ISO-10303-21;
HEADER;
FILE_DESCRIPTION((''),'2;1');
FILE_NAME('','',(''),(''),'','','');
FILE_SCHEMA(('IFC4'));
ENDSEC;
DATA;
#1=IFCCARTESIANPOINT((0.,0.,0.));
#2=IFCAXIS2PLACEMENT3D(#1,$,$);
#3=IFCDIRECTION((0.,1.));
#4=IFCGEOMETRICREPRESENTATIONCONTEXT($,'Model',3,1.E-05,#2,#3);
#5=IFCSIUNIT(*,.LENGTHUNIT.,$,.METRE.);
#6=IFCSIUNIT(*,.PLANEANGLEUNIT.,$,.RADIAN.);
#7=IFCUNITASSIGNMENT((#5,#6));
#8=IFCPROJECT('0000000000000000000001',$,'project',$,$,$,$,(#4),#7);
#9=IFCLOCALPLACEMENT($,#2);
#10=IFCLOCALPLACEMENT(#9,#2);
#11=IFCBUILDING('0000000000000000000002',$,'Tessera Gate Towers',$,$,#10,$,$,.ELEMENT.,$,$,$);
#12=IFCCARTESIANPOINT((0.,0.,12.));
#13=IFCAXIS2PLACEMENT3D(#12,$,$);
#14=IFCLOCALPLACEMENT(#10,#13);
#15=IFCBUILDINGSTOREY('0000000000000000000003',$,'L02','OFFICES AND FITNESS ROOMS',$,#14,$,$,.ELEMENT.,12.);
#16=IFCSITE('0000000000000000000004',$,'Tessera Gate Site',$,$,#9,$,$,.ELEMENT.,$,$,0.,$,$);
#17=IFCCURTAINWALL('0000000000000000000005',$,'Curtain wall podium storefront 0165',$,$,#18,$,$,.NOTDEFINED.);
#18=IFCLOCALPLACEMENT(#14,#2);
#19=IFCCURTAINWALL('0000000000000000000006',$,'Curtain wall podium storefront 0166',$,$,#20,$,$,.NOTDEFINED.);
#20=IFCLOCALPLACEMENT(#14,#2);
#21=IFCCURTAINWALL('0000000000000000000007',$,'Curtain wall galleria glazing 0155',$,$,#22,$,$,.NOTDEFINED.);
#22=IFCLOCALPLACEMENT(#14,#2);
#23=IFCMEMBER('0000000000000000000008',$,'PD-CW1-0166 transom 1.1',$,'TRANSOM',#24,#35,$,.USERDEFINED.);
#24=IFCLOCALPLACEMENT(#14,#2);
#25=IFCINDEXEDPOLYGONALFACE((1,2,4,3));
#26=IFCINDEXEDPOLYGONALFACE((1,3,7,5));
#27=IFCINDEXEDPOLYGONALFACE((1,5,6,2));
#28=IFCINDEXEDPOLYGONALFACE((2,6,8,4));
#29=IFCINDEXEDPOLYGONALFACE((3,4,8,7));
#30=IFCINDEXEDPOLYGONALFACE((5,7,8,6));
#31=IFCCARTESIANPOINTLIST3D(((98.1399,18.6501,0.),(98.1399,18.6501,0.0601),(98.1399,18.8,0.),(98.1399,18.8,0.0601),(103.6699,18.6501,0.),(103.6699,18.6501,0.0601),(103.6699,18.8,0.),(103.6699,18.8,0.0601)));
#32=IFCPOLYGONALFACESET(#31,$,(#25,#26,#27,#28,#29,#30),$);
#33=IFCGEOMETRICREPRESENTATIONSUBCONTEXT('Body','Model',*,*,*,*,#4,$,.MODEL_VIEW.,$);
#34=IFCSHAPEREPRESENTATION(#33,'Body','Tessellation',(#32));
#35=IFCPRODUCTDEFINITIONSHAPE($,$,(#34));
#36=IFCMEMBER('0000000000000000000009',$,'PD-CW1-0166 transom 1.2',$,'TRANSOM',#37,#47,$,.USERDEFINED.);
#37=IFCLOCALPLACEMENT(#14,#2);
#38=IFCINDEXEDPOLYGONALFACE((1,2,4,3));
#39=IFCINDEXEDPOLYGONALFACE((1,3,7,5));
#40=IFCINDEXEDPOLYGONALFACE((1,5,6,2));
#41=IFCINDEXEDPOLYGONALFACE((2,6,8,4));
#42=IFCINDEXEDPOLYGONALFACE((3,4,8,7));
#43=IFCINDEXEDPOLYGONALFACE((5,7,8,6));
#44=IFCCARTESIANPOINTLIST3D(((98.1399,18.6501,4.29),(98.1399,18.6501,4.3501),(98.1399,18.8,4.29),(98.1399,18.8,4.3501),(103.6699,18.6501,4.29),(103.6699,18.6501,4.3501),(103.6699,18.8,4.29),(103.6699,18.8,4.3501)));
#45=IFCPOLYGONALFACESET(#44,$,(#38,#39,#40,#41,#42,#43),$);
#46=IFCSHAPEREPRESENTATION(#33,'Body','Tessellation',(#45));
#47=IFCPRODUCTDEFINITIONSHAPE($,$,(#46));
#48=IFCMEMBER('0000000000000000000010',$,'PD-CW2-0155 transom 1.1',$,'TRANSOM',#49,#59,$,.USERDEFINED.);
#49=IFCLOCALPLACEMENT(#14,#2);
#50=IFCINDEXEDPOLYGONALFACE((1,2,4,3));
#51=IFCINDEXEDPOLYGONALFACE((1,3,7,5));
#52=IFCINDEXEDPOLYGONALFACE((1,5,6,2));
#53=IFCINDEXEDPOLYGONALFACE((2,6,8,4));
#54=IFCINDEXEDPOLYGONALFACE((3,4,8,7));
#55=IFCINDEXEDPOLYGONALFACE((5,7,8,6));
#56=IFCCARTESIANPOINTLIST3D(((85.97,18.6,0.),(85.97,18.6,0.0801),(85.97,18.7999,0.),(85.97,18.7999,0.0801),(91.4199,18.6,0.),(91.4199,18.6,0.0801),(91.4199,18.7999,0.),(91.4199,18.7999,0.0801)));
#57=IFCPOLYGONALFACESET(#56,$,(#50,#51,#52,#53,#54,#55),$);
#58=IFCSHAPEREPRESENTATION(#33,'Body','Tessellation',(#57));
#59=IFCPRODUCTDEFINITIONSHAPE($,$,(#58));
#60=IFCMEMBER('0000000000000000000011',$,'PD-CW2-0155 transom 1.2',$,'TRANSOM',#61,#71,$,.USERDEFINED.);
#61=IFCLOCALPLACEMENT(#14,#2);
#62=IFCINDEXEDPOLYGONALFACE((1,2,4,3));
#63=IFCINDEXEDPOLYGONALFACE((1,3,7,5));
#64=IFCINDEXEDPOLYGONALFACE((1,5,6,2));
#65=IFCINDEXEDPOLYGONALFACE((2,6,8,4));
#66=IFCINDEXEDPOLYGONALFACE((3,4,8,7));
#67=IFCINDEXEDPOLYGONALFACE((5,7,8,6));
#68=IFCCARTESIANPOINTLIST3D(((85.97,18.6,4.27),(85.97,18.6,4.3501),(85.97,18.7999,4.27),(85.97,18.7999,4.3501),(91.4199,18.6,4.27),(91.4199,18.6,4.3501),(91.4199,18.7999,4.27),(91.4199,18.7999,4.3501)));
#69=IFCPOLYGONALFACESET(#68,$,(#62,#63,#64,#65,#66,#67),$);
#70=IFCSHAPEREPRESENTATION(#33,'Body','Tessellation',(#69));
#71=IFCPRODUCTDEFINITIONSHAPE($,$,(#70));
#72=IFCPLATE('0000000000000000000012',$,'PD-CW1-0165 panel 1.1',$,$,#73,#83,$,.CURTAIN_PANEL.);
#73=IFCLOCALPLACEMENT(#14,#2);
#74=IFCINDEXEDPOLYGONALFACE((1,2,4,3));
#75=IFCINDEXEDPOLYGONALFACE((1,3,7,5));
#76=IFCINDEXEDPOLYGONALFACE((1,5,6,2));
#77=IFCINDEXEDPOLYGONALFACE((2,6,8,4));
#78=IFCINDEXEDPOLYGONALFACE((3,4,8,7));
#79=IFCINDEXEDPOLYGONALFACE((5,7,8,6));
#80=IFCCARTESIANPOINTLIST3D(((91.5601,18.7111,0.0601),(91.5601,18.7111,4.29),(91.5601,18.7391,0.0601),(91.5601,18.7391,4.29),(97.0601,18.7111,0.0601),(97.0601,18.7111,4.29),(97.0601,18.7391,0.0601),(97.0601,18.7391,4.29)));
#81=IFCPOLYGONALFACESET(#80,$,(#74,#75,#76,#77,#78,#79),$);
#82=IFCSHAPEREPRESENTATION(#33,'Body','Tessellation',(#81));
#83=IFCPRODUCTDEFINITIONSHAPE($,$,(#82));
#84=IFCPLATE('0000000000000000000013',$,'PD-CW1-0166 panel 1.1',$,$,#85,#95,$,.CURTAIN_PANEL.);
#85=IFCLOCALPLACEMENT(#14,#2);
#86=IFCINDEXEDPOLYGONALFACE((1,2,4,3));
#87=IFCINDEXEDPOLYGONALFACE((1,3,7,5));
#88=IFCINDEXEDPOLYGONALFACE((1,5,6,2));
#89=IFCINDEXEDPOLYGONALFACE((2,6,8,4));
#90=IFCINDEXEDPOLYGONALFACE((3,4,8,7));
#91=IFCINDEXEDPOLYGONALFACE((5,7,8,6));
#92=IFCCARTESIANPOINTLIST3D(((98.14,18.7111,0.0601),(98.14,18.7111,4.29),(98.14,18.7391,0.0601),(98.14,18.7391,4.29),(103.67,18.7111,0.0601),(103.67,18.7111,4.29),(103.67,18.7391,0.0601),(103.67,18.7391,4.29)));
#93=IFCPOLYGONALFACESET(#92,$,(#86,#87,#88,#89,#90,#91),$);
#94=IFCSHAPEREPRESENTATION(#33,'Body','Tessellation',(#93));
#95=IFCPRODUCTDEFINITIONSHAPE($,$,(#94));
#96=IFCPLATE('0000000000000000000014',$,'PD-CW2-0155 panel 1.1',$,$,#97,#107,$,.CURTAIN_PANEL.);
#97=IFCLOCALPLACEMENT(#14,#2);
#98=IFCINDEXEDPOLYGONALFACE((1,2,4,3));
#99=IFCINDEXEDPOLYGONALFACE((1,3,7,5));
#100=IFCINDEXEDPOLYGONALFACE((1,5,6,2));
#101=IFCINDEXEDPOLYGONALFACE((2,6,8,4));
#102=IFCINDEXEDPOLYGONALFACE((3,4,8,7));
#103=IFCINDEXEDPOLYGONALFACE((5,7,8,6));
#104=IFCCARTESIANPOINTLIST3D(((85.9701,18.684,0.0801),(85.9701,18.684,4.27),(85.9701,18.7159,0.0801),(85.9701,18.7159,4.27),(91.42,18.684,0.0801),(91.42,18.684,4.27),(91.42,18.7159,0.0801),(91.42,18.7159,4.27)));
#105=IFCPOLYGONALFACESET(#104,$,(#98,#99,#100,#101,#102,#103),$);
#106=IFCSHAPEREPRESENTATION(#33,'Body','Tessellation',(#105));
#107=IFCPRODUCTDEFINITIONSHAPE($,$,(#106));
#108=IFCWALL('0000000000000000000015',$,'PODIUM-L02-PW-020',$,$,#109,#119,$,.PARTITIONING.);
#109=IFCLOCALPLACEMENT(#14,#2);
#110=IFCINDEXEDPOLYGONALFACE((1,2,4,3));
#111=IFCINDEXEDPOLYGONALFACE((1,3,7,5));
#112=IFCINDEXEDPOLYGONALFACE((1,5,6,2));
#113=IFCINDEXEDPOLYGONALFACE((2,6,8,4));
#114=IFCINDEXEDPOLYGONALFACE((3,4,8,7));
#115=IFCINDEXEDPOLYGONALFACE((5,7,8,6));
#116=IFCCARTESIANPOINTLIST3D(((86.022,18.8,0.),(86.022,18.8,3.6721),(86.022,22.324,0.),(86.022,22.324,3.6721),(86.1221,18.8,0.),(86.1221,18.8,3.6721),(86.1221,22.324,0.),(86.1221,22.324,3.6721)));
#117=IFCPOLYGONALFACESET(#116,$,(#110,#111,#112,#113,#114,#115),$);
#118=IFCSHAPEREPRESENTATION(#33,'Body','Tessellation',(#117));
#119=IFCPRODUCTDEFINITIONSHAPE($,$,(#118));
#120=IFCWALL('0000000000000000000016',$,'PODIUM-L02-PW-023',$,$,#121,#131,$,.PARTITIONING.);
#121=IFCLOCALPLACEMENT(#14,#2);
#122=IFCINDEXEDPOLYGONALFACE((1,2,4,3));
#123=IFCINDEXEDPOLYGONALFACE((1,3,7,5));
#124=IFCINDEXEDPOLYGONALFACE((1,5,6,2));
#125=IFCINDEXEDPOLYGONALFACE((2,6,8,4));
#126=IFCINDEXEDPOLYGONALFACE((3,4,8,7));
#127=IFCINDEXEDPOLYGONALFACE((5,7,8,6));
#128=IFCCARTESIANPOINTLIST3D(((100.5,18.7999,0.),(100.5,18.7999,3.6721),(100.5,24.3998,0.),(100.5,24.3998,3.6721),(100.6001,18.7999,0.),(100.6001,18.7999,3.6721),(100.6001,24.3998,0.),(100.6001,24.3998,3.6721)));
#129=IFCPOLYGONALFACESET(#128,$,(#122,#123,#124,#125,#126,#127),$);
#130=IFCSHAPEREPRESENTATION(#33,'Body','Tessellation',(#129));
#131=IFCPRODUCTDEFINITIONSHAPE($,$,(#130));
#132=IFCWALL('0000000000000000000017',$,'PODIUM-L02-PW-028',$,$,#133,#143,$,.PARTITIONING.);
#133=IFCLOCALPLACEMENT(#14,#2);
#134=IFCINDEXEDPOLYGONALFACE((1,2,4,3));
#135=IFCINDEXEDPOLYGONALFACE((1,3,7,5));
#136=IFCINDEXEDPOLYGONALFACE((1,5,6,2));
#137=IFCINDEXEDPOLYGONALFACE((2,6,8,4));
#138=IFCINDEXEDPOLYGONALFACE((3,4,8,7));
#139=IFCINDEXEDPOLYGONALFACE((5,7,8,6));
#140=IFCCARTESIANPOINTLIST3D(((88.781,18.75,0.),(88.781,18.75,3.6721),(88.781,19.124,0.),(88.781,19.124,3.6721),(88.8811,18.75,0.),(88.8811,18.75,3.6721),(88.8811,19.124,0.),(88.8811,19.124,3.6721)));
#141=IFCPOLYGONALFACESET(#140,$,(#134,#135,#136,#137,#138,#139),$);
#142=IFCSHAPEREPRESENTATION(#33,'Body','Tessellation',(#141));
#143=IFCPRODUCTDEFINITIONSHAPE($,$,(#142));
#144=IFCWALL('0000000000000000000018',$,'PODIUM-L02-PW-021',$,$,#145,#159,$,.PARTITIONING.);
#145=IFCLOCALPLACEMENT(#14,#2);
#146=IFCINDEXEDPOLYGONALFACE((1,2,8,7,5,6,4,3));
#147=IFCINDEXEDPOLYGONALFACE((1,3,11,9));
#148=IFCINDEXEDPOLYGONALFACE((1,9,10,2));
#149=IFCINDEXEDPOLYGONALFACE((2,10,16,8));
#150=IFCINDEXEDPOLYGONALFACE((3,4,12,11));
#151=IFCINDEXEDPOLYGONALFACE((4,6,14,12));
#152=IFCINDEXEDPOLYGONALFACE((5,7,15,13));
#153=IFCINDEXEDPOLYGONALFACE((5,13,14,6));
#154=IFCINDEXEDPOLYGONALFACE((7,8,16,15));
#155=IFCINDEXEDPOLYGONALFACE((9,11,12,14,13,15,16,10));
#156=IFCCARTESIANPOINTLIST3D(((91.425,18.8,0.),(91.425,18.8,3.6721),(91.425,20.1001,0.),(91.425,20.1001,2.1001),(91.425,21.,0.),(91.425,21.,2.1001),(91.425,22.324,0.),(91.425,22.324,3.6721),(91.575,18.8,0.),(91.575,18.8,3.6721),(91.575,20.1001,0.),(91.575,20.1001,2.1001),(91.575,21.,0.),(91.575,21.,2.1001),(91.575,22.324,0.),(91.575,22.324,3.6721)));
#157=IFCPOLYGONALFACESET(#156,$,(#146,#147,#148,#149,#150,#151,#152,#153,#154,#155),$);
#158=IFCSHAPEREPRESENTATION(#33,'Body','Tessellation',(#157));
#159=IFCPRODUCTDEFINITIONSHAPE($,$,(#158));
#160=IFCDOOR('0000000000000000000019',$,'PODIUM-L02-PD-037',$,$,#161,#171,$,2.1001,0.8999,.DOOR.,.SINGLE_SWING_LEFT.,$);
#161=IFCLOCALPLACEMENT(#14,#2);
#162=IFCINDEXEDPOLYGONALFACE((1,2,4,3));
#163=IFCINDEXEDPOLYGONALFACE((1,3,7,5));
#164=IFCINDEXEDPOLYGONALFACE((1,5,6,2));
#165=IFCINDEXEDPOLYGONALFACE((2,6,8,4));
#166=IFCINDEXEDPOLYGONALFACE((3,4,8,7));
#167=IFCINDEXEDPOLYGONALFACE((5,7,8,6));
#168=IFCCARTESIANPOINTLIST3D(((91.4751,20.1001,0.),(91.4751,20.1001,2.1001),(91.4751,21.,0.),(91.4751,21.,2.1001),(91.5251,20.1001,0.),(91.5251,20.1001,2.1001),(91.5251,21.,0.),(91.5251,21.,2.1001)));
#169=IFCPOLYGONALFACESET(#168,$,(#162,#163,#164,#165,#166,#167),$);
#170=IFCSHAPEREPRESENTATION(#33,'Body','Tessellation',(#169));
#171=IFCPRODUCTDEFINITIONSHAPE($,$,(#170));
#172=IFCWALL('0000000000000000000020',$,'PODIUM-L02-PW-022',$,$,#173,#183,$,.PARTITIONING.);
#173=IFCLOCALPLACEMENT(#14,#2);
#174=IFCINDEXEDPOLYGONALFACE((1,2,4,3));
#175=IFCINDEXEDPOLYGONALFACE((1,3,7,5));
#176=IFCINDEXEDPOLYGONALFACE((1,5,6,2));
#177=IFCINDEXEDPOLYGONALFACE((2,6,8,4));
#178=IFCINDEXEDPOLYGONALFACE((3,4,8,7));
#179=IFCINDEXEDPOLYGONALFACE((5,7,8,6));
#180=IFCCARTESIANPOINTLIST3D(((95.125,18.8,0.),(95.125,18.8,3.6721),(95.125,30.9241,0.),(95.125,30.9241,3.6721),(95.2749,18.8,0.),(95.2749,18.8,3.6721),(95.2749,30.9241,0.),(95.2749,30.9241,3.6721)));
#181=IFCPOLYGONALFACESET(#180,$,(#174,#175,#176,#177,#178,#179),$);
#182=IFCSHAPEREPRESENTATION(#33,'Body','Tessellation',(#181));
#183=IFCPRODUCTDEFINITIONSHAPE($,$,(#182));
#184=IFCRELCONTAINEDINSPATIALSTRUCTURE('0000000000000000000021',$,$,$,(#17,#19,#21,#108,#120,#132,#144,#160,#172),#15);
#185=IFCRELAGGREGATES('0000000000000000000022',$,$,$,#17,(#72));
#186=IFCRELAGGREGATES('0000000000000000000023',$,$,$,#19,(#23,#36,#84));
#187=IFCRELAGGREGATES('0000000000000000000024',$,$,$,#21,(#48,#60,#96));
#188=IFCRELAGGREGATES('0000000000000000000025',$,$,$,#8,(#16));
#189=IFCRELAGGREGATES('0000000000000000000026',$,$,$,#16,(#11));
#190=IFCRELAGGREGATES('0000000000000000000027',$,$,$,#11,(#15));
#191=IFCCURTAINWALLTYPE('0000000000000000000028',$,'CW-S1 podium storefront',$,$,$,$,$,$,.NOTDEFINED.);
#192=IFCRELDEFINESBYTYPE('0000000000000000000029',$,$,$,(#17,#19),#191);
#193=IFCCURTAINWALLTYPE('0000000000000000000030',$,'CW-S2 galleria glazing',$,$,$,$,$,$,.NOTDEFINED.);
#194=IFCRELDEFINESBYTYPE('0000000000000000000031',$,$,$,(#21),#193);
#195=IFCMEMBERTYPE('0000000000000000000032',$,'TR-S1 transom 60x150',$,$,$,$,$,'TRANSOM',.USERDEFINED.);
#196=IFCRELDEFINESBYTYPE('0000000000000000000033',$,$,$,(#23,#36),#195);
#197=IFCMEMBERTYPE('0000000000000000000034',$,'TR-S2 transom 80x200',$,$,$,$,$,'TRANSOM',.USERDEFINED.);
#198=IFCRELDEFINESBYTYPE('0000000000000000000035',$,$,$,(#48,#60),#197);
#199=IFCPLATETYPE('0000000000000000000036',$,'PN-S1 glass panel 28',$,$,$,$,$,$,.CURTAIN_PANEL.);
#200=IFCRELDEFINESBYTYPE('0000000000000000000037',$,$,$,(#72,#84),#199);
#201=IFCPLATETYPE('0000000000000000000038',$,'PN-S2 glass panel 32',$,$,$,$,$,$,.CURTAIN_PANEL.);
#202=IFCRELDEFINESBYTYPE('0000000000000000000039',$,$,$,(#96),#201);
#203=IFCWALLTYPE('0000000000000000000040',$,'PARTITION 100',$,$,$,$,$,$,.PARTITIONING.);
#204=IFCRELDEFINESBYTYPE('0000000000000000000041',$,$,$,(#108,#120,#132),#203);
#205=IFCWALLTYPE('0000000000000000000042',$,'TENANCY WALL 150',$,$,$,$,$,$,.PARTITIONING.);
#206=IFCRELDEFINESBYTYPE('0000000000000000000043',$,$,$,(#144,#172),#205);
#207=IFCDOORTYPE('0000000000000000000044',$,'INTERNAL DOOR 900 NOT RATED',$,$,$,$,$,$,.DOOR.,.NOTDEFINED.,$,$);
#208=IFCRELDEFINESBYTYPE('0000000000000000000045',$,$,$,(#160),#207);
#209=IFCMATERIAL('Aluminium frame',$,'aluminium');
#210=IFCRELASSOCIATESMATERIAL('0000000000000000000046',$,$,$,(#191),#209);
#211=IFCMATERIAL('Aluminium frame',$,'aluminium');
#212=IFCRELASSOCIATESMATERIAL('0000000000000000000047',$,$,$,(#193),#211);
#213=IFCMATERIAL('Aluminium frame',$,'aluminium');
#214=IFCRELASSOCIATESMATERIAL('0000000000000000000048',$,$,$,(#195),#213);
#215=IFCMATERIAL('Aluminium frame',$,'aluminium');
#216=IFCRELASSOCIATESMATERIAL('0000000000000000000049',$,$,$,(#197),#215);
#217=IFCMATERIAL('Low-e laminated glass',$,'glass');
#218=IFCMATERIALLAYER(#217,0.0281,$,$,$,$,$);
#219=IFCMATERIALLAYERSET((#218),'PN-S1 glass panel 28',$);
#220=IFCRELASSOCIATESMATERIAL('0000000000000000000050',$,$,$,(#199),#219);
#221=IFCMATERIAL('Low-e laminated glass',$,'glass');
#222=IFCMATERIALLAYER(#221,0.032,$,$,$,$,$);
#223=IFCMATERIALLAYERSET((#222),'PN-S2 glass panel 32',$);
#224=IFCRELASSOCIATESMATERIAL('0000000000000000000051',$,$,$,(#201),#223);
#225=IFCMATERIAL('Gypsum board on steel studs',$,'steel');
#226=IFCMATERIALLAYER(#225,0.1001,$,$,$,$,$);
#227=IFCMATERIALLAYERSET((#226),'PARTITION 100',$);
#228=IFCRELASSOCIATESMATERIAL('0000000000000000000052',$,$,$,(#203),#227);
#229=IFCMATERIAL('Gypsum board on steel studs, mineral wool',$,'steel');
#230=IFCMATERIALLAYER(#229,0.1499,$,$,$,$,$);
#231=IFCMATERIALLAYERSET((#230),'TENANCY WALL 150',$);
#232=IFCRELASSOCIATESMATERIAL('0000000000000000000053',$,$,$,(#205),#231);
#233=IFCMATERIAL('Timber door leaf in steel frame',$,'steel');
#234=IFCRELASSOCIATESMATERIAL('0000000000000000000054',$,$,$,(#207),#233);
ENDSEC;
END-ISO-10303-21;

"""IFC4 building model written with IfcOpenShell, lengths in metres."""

from ifc_helpers import new_model, si_unit, direction, frame, frame_2d, origin, origin_2d, place, context, subcontext, project, spatial, rectangle, extrude, source, transform, mapped, material, layer, layer_set, material_profile, profile_set, type_object, element, fill, aggregate, save


model = new_model("IFC4")

# Units and contexts
model_context = context("Model", 3, precision=1e-05, world=origin(), true_north=direction((0.0, 1.0)))
body_context = subcontext(model_context, "Body", "Model", "MODEL_VIEW")
ifc_project = project(units=[si_unit("LENGTHUNIT", "METRE"), si_unit("PLANEANGLEUNIT", "RADIAN")], contexts=[model_context])

# Site, building, storey
site_placement = place(None, origin())
site = spatial("IfcSite", under=ifc_project, at=site_placement, Name="Tessera Gate Site", CompositionType="ELEMENT", RefElevation=0.0)
building_placement = place(site_placement, origin())
building = spatial("IfcBuilding", under=site, at=building_placement, Name="Tessera Gate Towers", CompositionType="ELEMENT")
storey_placement = place(building_placement, frame((0.0, 0.0, 12.0)))
storey = spatial("IfcBuildingStorey", under=building, at=storey_placement, Name="L02", Description="OFFICES AND FITNESS ROOMS", CompositionType="ELEMENT", Elevation=12.0)

# Curtain wall
ifc_material_1 = material(Name="Aluminium frame", Category="aluminium")
curtain_wall_type_1 = type_object("IfcCurtainWallType", Name="CW-S1 podium storefront", PredefinedType="NOTDEFINED", material=ifc_material_1)
curtain_wall_1_placement = place(storey_placement, origin())
curtain_wall_1 = element("IfcCurtainWall", 1, at=curtain_wall_1_placement, inside=storey, type_object=curtain_wall_type_1, Name="Curtain wall podium storefront 0165", PredefinedType="NOTDEFINED")

# Curtain wall
curtain_wall_2_placement = place(storey_placement, origin())
curtain_wall_2 = element("IfcCurtainWall", 2, at=curtain_wall_2_placement, inside=storey, type_object=curtain_wall_type_1, Name="Curtain wall podium storefront 0166", PredefinedType="NOTDEFINED")

# Curtain wall
ifc_material_2 = material(Name="Aluminium frame", Category="aluminium")
curtain_wall_type_2 = type_object("IfcCurtainWallType", Name="CW-S2 galleria glazing", PredefinedType="NOTDEFINED", material=ifc_material_2)
curtain_wall_3_placement = place(storey_placement, origin())
curtain_wall_3 = element("IfcCurtainWall", 3, at=curtain_wall_3_placement, inside=storey, type_object=curtain_wall_type_2, Name="Curtain wall galleria glazing 0155", PredefinedType="NOTDEFINED")

# Members
ifc_material_3 = material(Name="Aluminium frame", Category="aluminium")
ifc_material_profile_1 = material_profile(ifc_material_3, rectangle(XDim=0.1499, YDim=0.0601, at=origin_2d()), Name="AL 60x150")
ifc_profile_set_1 = profile_set([ifc_material_profile_1], Name="Aluminium frame")
member_type_1 = type_object("IfcMemberType", Name="TR-S1 transom 60x150", ElementType="TRANSOM", PredefinedType="USERDEFINED", material=ifc_profile_set_1)
member_1_placement = place(storey_placement, frame((98.1399, 18.7251, 0.03), z_axis=(1.0, 0.0, 0.0), x_axis=(0.0, 1.0, 0.0)))
member_1 = element("IfcMember", 4, at=member_1_placement, type_object=member_type_1, Name="PD-CW1-0166 transom 1.1", ObjectType="TRANSOM", PredefinedType="USERDEFINED", context=body_context, shape_type="SweptSolid", body=[
    extrude(rectangle(XDim=0.1499, YDim=0.0601, at=origin_2d()), origin(), (0.0, 0.0, 1.0), 5.53),
])
member_2_placement = place(storey_placement, frame((98.1399, 18.7251, 4.3201), z_axis=(1.0, 0.0, 0.0), x_axis=(0.0, 1.0, 0.0)))
member_2 = element("IfcMember", 5, at=member_2_placement, type_object=member_type_1, Name="PD-CW1-0166 transom 1.2", ObjectType="TRANSOM", PredefinedType="USERDEFINED", context=body_context, shape_type="SweptSolid", body=[
    extrude(rectangle(XDim=0.1499, YDim=0.0601, at=origin_2d()), origin(), (0.0, 0.0, 1.0), 5.53),
])
ifc_material_4 = material(Name="Aluminium frame", Category="aluminium")
ifc_material_profile_2 = material_profile(ifc_material_4, rectangle(XDim=0.2, YDim=0.0801, at=origin_2d()), Name="AL 80x200")
ifc_profile_set_2 = profile_set([ifc_material_profile_2], Name="Aluminium frame")
member_type_2 = type_object("IfcMemberType", Name="TR-S2 transom 80x200", ElementType="TRANSOM", PredefinedType="USERDEFINED", material=ifc_profile_set_2)
member_3_placement = place(storey_placement, frame((85.97, 18.7, 0.04), z_axis=(1.0, 0.0, 0.0), x_axis=(0.0, 1.0, 0.0)))
member_3 = element("IfcMember", 6, at=member_3_placement, type_object=member_type_2, Name="PD-CW2-0155 transom 1.1", ObjectType="TRANSOM", PredefinedType="USERDEFINED", context=body_context, shape_type="SweptSolid", body=[
    extrude(rectangle(XDim=0.2, YDim=0.0801, at=origin_2d()), origin(), (0.0, 0.0, 1.0), 5.45),
])
member_4_placement = place(storey_placement, frame((85.97, 18.7, 4.3101), z_axis=(1.0, 0.0, 0.0), x_axis=(0.0, 1.0, 0.0)))
member_4 = element("IfcMember", 7, at=member_4_placement, type_object=member_type_2, Name="PD-CW2-0155 transom 1.2", ObjectType="TRANSOM", PredefinedType="USERDEFINED", context=body_context, shape_type="SweptSolid", body=[
    extrude(rectangle(XDim=0.2, YDim=0.0801, at=origin_2d()), origin(), (0.0, 0.0, 1.0), 5.45),
])

# Plates
ifc_material_5 = material(Name="Low-e laminated glass", Category="glass")
ifc_layer_1 = layer(ifc_material_5, 0.0281)
ifc_layer_set_1 = layer_set([ifc_layer_1], Name="PN-S1 glass panel 28")
plate_type_1 = type_object("IfcPlateType", Name="PN-S1 glass panel 28", PredefinedType="CURTAIN_PANEL", material=ifc_layer_set_1)
plate_1_placement = place(storey_placement, frame((94.3101, 18.7251, 0.0601), z_axis=(0.0, 0.0, 1.0), x_axis=(1.0, 0.0, 0.0)))
plate_1 = element("IfcPlate", 8, at=plate_1_placement, type_object=plate_type_1, Name="PD-CW1-0165 panel 1.1", PredefinedType="CURTAIN_PANEL", context=body_context, shape_type="SweptSolid", body=[
    extrude(rectangle(XDim=5.5, YDim=0.0281, at=origin_2d()), origin(), (0.0, 0.0, 1.0), 4.23),
])
aggregate(curtain_wall_1, [plate_1])
plate_2_placement = place(storey_placement, frame((100.905, 18.7251, 0.0601), z_axis=(0.0, 0.0, 1.0), x_axis=(1.0, 0.0, 0.0)))
plate_2 = element("IfcPlate", 9, at=plate_2_placement, type_object=plate_type_1, Name="PD-CW1-0166 panel 1.1", PredefinedType="CURTAIN_PANEL", context=body_context, shape_type="SweptSolid", body=[
    extrude(rectangle(XDim=5.53, YDim=0.0281, at=origin_2d()), origin(), (0.0, 0.0, 1.0), 4.23),
])
aggregate(curtain_wall_2, [member_1, member_2, plate_2])
ifc_material_6 = material(Name="Low-e laminated glass", Category="glass")
ifc_layer_2 = layer(ifc_material_6, 0.032)
ifc_layer_set_2 = layer_set([ifc_layer_2], Name="PN-S2 glass panel 32")
plate_type_2 = type_object("IfcPlateType", Name="PN-S2 glass panel 32", PredefinedType="CURTAIN_PANEL", material=ifc_layer_set_2)
plate_3_placement = place(storey_placement, frame((88.6951, 18.7, 0.0801), z_axis=(0.0, 0.0, 1.0), x_axis=(1.0, 0.0, 0.0)))
plate_3 = element("IfcPlate", 10, at=plate_3_placement, type_object=plate_type_2, Name="PD-CW2-0155 panel 1.1", PredefinedType="CURTAIN_PANEL", context=body_context, shape_type="SweptSolid", body=[
    extrude(rectangle(XDim=5.45, YDim=0.032, at=origin_2d()), origin(), (0.0, 0.0, 1.0), 4.1899),
])
aggregate(curtain_wall_3, [member_3, member_4, plate_3])

# Walls
ifc_material_7 = material(Name="Gypsum board on steel studs", Category="steel")
ifc_layer_3 = layer(ifc_material_7, 0.1001)
ifc_layer_set_3 = layer_set([ifc_layer_3], Name="PARTITION 100")
wall_type_1 = type_object("IfcWallType", Name="PARTITION 100", PredefinedType="PARTITIONING", material=ifc_layer_set_3)
wall_1_placement = place(storey_placement, frame((86.072, 18.8, 0.0), z_axis=(0.0, 0.0, 1.0), x_axis=(0.0, 1.0, 0.0)))
element("IfcWall", 11, at=wall_1_placement, inside=storey, type_object=wall_type_1, Name="PODIUM-L02-PW-020", PredefinedType="PARTITIONING", context=body_context, shape_type="SweptSolid", body=[
    extrude(rectangle(XDim=3.5239, YDim=0.1001, at=frame_2d((1.762, 0.0))), origin(), (0.0, 0.0, 1.0), 3.6721),
])
wall_2_placement = place(storey_placement, frame((100.55, 18.8, 0.0), z_axis=(0.0, 0.0, 1.0), x_axis=(0.0, 1.0, 0.0)))
element("IfcWall", 12, at=wall_2_placement, inside=storey, type_object=wall_type_1, Name="PODIUM-L02-PW-023", PredefinedType="PARTITIONING", context=body_context, shape_type="SweptSolid", body=[
    extrude(rectangle(XDim=5.5999, YDim=0.1001, at=frame_2d((2.7998, 0.0))), origin(), (0.0, 0.0, 1.0), 3.6721),
])
wall_3_placement = place(storey_placement, frame((88.8311, 19.124, 0.0), z_axis=(0.0, 0.0, 1.0), x_axis=(0.0, -1.0, 0.0)))
element("IfcWall", 13, at=wall_3_placement, inside=storey, type_object=wall_type_1, Name="PODIUM-L02-PW-028", PredefinedType="PARTITIONING", context=body_context, shape_type="SweptSolid", body=[
    extrude(rectangle(XDim=0.374, YDim=0.1001, at=frame_2d((0.187, 0.0))), origin(), (0.0, 0.0, 1.0), 3.6721),
])

# Wall, opening, door
ifc_material_8 = material(Name="Gypsum board on steel studs, mineral wool", Category="steel")
ifc_layer_4 = layer(ifc_material_8, 0.1499)
ifc_layer_set_4 = layer_set([ifc_layer_4], Name="TENANCY WALL 150")
wall_type_2 = type_object("IfcWallType", Name="TENANCY WALL 150", PredefinedType="PARTITIONING", material=ifc_layer_set_4)
wall_4_placement = place(storey_placement, frame((91.5, 18.8, 0.0), z_axis=(0.0, 0.0, 1.0), x_axis=(0.0, 1.0, 0.0)))
wall_4 = element("IfcWall", 14, at=wall_4_placement, inside=storey, type_object=wall_type_2, Name="PODIUM-L02-PW-021", PredefinedType="PARTITIONING", context=body_context, shape_type="SweptSolid", body=[
    extrude(rectangle(XDim=3.5239, YDim=0.1499, at=frame_2d((1.762, 0.0))), origin(), (0.0, 0.0, 1.0), 3.6721),
])
shared_shape_1 = source(origin(), body_context, "Body", "SweptSolid", [
    extrude(rectangle(XDim=0.8999, YDim=2.1001, at=frame_2d((0.45, 1.05))), frame((0.0, 0.085, 0.0), z_axis=(0.0, -1.0, 0.0), x_axis=(1.0, 0.0, 0.0)), (0.0, 0.0, 1.0), 0.1699),
])
opening_placement = place(wall_4_placement, frame((1.3, 0.0, 0.0)))
opening = element("IfcOpeningElement", 15, at=opening_placement, cuts=wall_4, PredefinedType="OPENING", context=body_context, shape_type="MappedRepresentation", body=[
    mapped(shared_shape_1, transform((0.0, 0.0, 0.0), scale=1.0)),
])
ifc_material_9 = material(Name="Timber door leaf in steel frame", Category="steel")
door_type = type_object("IfcDoorType", Name="INTERNAL DOOR 900 NOT RATED", OperationType="NOTDEFINED", PredefinedType="DOOR", material=ifc_material_9)
shared_shape_2 = source(origin(), body_context, "Body", "SweptSolid", [
    extrude(rectangle(XDim=0.8999, YDim=2.1001, at=frame_2d((0.45, 1.05))), frame((0.0, 0.0249, 0.0), z_axis=(0.0, -1.0, 0.0), x_axis=(1.0, 0.0, 0.0)), (0.0, 0.0, 1.0), 0.05),
])
door_placement = place(opening_placement, origin())
door = element("IfcDoor", 16, at=door_placement, inside=storey, type_object=door_type, Name="PODIUM-L02-PD-037", OperationType="SINGLE_SWING_LEFT", OverallHeight=2.1001, OverallWidth=0.8999, PredefinedType="DOOR", context=body_context, shape_type="MappedRepresentation", body=[
    mapped(shared_shape_2, transform((0.0, 0.0, 0.0), scale=1.0)),
])
fill(opening, door)

# Wall
wall_5_placement = place(storey_placement, frame((95.2, 18.8, 0.0), z_axis=(0.0, 0.0, 1.0), x_axis=(0.0, 1.0, 0.0)))
element("IfcWall", 17, at=wall_5_placement, inside=storey, type_object=wall_type_2, Name="PODIUM-L02-PW-022", PredefinedType="PARTITIONING", context=body_context, shape_type="SweptSolid", body=[
    extrude(rectangle(XDim=12.124, YDim=0.1499, at=frame_2d((6.062, 0.0))), origin(), (0.0, 0.0, 1.0), 3.6721),
])

save(model, "model.ifc")
